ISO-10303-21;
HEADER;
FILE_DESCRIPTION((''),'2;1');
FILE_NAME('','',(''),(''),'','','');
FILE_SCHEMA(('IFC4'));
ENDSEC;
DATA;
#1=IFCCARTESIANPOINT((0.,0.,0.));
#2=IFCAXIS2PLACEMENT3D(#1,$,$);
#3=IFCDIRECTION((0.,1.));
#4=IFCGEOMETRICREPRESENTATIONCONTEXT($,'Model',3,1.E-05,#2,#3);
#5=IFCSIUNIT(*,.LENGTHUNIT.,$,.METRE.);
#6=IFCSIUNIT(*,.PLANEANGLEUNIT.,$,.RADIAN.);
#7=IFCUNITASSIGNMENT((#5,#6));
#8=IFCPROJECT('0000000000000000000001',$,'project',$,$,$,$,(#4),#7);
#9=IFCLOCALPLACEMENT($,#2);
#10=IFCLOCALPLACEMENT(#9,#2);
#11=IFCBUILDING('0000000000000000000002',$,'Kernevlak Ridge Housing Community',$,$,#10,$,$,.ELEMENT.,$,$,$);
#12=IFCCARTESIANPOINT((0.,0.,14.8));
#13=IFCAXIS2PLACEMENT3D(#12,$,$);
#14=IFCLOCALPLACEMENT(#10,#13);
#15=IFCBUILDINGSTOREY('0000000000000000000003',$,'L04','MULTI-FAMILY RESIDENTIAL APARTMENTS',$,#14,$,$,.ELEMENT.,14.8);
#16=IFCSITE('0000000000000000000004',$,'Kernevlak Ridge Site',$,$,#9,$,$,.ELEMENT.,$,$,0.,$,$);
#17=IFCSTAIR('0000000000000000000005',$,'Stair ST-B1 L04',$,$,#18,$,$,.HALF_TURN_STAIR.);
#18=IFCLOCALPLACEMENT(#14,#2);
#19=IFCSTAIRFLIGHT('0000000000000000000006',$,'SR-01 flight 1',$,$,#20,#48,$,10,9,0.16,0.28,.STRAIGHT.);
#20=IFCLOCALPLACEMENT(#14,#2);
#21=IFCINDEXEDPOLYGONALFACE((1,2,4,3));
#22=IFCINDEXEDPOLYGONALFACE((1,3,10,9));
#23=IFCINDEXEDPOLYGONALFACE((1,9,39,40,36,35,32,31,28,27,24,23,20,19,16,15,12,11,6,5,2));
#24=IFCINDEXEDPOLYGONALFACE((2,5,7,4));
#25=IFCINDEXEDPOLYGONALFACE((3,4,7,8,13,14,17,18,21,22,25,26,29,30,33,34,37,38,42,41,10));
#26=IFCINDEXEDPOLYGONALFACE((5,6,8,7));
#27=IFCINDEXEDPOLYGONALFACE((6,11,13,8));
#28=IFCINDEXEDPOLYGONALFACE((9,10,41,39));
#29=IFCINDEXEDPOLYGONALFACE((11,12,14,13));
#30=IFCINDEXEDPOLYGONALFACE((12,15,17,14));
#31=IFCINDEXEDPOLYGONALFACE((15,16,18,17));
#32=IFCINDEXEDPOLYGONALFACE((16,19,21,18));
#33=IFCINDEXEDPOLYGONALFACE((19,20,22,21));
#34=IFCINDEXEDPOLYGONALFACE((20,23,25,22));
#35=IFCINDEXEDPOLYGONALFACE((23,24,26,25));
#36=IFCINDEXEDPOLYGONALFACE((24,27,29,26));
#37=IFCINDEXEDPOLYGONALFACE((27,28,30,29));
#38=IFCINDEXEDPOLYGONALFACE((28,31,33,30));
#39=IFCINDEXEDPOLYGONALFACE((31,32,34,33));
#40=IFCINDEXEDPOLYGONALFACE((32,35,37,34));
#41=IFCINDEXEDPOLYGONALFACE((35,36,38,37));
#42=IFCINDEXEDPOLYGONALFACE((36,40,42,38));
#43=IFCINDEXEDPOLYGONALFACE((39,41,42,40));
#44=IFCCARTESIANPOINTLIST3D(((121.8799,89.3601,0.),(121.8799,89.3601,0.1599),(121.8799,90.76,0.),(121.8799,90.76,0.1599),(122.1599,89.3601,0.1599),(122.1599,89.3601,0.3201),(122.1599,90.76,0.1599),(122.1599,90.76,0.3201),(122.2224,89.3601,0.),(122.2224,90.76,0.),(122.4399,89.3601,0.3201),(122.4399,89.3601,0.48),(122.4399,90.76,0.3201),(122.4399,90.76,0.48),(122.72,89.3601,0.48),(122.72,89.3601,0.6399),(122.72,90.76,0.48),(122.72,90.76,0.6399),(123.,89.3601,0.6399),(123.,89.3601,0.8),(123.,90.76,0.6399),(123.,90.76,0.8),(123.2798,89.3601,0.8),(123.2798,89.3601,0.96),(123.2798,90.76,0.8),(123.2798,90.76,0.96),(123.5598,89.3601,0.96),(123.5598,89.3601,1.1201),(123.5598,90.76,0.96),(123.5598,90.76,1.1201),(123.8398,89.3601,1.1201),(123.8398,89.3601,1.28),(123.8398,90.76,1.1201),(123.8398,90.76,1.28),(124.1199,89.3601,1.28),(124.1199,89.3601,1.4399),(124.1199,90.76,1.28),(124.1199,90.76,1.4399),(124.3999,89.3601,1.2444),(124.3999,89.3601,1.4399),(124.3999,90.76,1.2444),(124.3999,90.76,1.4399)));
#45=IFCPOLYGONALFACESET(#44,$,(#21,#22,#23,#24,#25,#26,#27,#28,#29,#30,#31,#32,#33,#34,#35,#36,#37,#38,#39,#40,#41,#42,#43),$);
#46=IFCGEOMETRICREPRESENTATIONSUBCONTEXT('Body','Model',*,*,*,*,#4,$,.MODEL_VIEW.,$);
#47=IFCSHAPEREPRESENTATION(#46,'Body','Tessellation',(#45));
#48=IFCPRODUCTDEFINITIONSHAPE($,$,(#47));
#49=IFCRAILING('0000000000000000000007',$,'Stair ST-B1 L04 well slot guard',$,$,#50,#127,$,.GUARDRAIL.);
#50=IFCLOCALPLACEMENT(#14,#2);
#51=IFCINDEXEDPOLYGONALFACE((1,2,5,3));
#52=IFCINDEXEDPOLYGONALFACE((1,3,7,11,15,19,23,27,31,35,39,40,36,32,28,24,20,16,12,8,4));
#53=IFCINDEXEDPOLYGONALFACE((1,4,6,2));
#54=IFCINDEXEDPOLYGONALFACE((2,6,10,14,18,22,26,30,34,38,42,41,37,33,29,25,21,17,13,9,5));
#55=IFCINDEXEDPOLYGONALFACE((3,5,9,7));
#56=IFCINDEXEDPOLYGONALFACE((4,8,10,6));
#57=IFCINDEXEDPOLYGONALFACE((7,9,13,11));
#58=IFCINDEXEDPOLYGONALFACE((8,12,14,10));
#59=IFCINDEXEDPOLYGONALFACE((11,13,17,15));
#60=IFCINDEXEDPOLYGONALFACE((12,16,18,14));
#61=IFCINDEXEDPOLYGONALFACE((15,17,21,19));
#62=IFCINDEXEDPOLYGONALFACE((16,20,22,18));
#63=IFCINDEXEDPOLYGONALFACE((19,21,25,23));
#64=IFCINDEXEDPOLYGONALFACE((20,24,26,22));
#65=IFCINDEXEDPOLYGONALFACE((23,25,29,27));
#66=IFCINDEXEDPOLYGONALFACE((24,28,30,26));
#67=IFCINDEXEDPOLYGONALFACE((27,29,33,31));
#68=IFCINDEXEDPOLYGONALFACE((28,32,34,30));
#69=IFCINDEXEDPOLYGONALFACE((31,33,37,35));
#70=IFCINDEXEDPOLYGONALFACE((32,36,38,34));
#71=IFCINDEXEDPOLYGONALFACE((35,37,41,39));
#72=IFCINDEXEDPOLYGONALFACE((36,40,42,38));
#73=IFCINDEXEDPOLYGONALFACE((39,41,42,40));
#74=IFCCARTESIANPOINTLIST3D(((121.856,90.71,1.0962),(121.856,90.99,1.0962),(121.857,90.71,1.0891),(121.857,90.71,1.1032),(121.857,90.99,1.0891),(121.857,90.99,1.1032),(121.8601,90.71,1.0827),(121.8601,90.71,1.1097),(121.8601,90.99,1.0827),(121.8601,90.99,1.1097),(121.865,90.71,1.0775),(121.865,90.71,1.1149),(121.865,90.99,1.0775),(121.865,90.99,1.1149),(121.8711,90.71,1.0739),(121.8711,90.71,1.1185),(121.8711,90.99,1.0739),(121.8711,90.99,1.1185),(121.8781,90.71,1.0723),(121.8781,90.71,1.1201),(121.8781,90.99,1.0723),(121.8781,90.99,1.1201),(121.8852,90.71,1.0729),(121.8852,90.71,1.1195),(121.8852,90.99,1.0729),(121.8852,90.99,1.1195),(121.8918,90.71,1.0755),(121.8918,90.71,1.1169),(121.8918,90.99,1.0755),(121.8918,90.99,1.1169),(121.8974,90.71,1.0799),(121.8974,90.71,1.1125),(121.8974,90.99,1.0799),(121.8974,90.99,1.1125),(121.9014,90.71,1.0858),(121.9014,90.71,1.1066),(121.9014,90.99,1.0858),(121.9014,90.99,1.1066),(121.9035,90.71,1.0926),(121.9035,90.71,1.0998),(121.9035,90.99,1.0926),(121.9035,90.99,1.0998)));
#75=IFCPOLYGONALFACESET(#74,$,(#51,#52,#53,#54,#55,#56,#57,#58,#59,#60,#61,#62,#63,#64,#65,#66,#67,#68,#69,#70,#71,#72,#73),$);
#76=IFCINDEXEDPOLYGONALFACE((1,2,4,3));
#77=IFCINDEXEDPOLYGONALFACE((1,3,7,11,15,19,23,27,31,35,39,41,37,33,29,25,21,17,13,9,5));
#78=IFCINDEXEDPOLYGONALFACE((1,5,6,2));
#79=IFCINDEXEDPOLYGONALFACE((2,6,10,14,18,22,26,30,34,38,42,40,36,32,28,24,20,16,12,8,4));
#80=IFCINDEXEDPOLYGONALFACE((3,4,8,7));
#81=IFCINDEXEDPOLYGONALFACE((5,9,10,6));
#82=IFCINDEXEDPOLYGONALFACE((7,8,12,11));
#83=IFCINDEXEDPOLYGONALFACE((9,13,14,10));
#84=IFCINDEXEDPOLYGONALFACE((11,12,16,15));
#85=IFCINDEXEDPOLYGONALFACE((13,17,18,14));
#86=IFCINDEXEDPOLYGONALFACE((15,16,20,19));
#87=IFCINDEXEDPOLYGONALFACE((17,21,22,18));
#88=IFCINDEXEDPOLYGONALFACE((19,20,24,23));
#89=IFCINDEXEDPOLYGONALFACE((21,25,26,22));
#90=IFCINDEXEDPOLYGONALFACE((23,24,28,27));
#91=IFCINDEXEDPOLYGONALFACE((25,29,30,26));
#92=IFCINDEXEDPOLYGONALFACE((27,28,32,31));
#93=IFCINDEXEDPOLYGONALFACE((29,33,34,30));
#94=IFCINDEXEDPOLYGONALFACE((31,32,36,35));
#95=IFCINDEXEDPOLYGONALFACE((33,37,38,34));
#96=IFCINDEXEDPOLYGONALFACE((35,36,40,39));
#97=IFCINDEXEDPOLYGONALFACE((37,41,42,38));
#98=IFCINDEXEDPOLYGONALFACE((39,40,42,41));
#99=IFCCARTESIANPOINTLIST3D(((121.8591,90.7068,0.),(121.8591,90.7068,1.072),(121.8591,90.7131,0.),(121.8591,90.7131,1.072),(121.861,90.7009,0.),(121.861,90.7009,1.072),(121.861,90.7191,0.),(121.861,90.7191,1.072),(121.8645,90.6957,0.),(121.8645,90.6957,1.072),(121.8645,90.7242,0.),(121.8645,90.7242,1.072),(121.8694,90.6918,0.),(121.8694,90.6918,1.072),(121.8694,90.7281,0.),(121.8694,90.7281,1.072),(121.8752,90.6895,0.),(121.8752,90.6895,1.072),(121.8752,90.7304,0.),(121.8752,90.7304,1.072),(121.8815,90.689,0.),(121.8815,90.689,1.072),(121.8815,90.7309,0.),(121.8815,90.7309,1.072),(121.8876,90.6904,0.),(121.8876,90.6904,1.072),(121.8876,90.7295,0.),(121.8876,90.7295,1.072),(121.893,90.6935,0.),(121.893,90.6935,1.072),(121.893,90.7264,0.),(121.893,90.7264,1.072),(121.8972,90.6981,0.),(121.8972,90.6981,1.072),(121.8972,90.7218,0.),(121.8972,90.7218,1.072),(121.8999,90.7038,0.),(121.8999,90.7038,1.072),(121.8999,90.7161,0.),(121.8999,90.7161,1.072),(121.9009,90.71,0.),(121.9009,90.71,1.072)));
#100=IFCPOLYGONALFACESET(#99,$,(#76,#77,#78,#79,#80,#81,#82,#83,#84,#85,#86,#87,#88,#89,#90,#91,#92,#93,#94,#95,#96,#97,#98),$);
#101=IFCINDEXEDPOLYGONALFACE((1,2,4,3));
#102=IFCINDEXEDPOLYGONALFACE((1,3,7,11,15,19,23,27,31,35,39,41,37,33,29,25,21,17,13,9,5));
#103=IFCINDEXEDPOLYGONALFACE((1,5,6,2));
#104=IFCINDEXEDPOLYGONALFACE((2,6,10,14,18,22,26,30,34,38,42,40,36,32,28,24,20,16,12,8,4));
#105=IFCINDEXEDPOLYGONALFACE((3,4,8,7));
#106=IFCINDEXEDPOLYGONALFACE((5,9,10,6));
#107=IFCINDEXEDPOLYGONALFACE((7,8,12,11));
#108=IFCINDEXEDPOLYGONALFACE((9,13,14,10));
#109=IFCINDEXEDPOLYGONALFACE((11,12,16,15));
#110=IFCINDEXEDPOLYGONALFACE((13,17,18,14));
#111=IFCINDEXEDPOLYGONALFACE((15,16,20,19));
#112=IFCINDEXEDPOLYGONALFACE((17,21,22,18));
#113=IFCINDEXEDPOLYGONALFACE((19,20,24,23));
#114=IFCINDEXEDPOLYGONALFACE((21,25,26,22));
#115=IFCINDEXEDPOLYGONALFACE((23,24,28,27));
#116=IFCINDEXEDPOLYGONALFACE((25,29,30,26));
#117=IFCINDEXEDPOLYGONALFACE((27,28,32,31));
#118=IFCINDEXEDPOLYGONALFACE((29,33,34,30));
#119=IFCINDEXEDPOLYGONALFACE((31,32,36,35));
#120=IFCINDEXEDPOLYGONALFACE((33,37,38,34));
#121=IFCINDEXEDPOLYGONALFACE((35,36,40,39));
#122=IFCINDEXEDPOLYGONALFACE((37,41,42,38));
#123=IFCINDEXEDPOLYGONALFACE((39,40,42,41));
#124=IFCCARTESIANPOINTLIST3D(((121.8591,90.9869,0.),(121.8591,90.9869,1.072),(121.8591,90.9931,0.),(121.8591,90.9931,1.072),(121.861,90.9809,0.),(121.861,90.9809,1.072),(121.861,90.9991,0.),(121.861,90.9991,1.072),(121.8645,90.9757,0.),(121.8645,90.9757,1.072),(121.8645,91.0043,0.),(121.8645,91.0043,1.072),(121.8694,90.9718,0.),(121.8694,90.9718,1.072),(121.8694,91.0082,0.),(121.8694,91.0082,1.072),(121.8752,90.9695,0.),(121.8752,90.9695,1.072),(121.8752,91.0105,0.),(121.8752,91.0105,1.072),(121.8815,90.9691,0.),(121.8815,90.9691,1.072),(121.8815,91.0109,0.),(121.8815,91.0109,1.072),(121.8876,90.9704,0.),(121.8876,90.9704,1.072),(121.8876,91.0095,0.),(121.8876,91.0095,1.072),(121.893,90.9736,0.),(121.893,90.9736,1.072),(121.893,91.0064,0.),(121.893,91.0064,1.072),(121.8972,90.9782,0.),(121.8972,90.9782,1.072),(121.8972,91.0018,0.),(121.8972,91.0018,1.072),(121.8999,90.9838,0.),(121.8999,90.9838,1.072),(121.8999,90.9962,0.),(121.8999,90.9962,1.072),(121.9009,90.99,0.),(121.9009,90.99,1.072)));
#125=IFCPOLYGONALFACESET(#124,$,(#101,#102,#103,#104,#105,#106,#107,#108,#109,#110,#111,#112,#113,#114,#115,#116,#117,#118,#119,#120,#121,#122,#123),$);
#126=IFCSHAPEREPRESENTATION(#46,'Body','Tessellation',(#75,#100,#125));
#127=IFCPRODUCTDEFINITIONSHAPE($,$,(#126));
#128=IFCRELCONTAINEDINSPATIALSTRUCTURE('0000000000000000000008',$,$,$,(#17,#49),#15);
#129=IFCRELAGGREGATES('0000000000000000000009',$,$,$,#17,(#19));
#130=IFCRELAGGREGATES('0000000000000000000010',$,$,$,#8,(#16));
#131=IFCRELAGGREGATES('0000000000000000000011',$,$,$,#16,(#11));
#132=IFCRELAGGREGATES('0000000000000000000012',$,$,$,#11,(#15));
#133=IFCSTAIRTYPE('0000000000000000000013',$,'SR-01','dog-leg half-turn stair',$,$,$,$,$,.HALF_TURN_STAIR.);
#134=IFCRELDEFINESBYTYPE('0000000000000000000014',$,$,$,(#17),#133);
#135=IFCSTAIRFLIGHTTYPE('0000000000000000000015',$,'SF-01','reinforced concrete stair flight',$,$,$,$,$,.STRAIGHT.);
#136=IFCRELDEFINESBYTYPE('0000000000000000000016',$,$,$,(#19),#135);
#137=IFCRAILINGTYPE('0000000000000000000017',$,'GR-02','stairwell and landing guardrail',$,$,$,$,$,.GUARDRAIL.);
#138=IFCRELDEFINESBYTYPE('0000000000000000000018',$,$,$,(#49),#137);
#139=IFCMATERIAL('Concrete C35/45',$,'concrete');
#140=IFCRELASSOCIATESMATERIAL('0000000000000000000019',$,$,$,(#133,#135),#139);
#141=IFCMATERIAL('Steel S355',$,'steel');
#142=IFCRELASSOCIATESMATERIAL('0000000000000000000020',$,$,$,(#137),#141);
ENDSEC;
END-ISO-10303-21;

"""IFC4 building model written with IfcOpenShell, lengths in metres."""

from ifc_helpers import new_model, si_unit, direction, frame, origin, origin_2d, place, context, subcontext, project, spatial, polyline, circle, outline, extrude, material, type_object, element, aggregate, save


model = new_model("IFC4")

# Units and contexts
model_context = context("Model", 3, precision=1e-05, world=origin(), true_north=direction((0.0, 1.0)))
body_context = subcontext(model_context, "Body", "Model", "MODEL_VIEW")
ifc_project = project(units=[si_unit("LENGTHUNIT", "METRE"), si_unit("PLANEANGLEUNIT", "RADIAN")], contexts=[model_context])

# Site, building, storey
site_placement = place(None, origin())
site = spatial("IfcSite", under=ifc_project, at=site_placement, Name="Kernevlak Ridge Site", CompositionType="ELEMENT", RefElevation=0.0)
building_placement = place(site_placement, origin())
building = spatial("IfcBuilding", under=site, at=building_placement, Name="Kernevlak Ridge Housing Community", CompositionType="ELEMENT")
storey_placement = place(building_placement, frame((0.0, 0.0, 14.8)))
storey = spatial("IfcBuildingStorey", under=building, at=storey_placement, Name="L04", Description="MULTI-FAMILY RESIDENTIAL APARTMENTS", CompositionType="ELEMENT", Elevation=14.8)

# Shared definitions
ifc_material_1 = material(Name="Concrete C35/45", Category="concrete")

# Stair, stair flight
stair_type = type_object("IfcStairType", Name="SR-01", Description="dog-leg half-turn stair", PredefinedType="HALF_TURN_STAIR", material=ifc_material_1)
stair_placement = place(storey_placement, origin())
stair = element("IfcStair", 1, at=stair_placement, inside=storey, type_object=stair_type, Name="Stair ST-B1 L04", PredefinedType="HALF_TURN_STAIR")
stair_flight_type = type_object("IfcStairFlightType", Name="SF-01", Description="reinforced concrete stair flight", PredefinedType="STRAIGHT", material=ifc_material_1)
stair_flight_placement = place(storey_placement, frame((121.8799, 90.0601, 0.0), z_axis=(0.0, 0.0, 1.0), x_axis=(1.0, 0.0, 0.0)))
stair_flight = element("IfcStairFlight", 2, at=stair_flight_placement, type_object=stair_flight_type, Name="SR-01 flight 1", NumberOfRisers=10, NumberOfTreads=9, PredefinedType="STRAIGHT", RiserHeight=0.16, TreadLength=0.28, context=body_context, shape_type="SweptSolid", body=[
    extrude(outline(polyline([(0.0, 0.0), (0.0, 0.1599), (0.28, 0.1599), (0.28, 0.3201), (0.5601, 0.3201), (0.5601, 0.48), (0.8401, 0.48), (0.8401, 0.6399), (1.1201, 0.6399), (1.1201, 0.8), (1.3999, 0.8), (1.3999, 0.96), (1.6799, 0.96), (1.6799, 1.1201), (1.96, 1.1201), (1.96, 1.28), (2.24, 1.28), (2.24, 1.4399), (2.52, 1.4399), (2.52, 1.6001), (2.52, 1.2444), (0.3425, 0.0), (0.0, 0.0)])), frame((0.0, 0.7, 0.0), z_axis=(0.0, -1.0, 0.0), x_axis=(1.0, 0.0, 0.0)), (0.0, 0.0, 1.0), 1.3999),
])
aggregate(stair, [stair_flight])

# Railing
ifc_material_2 = material(Name="Steel S355", Category="steel")
railing_type_1 = type_object("IfcRailingType", Name="GR-02", Description="stairwell and landing guardrail", PredefinedType="GUARDRAIL", material=ifc_material_2)
railing_1_placement = place(storey_placement, frame((121.8799, 90.71, 0.0)))
element("IfcRailing", 3, at=railing_1_placement, inside=storey, type_object=railing_type_1, Name="Stair ST-B1 L04 well slot guard", PredefinedType="GUARDRAIL", context=body_context, shape_type="SweptSolid", body=[
    extrude(circle(Radius=0.0239, at=origin_2d()), frame((0.0, 0.0, 1.0962), z_axis=(0.0, 1.0, 0.0), x_axis=(-1.0, 0.0, 0.0)), (0.0, 0.0, 1.0), 0.28),
    extrude(circle(Radius=0.021, at=origin_2d()), origin(), (0.0, 0.0, 1.0), 1.072),
    extrude(circle(Radius=0.021, at=origin_2d()), frame((0.0, 0.28, 0.0)), (0.0, 0.0, 1.0), 1.072),
])

save(model, "model.ifc")
